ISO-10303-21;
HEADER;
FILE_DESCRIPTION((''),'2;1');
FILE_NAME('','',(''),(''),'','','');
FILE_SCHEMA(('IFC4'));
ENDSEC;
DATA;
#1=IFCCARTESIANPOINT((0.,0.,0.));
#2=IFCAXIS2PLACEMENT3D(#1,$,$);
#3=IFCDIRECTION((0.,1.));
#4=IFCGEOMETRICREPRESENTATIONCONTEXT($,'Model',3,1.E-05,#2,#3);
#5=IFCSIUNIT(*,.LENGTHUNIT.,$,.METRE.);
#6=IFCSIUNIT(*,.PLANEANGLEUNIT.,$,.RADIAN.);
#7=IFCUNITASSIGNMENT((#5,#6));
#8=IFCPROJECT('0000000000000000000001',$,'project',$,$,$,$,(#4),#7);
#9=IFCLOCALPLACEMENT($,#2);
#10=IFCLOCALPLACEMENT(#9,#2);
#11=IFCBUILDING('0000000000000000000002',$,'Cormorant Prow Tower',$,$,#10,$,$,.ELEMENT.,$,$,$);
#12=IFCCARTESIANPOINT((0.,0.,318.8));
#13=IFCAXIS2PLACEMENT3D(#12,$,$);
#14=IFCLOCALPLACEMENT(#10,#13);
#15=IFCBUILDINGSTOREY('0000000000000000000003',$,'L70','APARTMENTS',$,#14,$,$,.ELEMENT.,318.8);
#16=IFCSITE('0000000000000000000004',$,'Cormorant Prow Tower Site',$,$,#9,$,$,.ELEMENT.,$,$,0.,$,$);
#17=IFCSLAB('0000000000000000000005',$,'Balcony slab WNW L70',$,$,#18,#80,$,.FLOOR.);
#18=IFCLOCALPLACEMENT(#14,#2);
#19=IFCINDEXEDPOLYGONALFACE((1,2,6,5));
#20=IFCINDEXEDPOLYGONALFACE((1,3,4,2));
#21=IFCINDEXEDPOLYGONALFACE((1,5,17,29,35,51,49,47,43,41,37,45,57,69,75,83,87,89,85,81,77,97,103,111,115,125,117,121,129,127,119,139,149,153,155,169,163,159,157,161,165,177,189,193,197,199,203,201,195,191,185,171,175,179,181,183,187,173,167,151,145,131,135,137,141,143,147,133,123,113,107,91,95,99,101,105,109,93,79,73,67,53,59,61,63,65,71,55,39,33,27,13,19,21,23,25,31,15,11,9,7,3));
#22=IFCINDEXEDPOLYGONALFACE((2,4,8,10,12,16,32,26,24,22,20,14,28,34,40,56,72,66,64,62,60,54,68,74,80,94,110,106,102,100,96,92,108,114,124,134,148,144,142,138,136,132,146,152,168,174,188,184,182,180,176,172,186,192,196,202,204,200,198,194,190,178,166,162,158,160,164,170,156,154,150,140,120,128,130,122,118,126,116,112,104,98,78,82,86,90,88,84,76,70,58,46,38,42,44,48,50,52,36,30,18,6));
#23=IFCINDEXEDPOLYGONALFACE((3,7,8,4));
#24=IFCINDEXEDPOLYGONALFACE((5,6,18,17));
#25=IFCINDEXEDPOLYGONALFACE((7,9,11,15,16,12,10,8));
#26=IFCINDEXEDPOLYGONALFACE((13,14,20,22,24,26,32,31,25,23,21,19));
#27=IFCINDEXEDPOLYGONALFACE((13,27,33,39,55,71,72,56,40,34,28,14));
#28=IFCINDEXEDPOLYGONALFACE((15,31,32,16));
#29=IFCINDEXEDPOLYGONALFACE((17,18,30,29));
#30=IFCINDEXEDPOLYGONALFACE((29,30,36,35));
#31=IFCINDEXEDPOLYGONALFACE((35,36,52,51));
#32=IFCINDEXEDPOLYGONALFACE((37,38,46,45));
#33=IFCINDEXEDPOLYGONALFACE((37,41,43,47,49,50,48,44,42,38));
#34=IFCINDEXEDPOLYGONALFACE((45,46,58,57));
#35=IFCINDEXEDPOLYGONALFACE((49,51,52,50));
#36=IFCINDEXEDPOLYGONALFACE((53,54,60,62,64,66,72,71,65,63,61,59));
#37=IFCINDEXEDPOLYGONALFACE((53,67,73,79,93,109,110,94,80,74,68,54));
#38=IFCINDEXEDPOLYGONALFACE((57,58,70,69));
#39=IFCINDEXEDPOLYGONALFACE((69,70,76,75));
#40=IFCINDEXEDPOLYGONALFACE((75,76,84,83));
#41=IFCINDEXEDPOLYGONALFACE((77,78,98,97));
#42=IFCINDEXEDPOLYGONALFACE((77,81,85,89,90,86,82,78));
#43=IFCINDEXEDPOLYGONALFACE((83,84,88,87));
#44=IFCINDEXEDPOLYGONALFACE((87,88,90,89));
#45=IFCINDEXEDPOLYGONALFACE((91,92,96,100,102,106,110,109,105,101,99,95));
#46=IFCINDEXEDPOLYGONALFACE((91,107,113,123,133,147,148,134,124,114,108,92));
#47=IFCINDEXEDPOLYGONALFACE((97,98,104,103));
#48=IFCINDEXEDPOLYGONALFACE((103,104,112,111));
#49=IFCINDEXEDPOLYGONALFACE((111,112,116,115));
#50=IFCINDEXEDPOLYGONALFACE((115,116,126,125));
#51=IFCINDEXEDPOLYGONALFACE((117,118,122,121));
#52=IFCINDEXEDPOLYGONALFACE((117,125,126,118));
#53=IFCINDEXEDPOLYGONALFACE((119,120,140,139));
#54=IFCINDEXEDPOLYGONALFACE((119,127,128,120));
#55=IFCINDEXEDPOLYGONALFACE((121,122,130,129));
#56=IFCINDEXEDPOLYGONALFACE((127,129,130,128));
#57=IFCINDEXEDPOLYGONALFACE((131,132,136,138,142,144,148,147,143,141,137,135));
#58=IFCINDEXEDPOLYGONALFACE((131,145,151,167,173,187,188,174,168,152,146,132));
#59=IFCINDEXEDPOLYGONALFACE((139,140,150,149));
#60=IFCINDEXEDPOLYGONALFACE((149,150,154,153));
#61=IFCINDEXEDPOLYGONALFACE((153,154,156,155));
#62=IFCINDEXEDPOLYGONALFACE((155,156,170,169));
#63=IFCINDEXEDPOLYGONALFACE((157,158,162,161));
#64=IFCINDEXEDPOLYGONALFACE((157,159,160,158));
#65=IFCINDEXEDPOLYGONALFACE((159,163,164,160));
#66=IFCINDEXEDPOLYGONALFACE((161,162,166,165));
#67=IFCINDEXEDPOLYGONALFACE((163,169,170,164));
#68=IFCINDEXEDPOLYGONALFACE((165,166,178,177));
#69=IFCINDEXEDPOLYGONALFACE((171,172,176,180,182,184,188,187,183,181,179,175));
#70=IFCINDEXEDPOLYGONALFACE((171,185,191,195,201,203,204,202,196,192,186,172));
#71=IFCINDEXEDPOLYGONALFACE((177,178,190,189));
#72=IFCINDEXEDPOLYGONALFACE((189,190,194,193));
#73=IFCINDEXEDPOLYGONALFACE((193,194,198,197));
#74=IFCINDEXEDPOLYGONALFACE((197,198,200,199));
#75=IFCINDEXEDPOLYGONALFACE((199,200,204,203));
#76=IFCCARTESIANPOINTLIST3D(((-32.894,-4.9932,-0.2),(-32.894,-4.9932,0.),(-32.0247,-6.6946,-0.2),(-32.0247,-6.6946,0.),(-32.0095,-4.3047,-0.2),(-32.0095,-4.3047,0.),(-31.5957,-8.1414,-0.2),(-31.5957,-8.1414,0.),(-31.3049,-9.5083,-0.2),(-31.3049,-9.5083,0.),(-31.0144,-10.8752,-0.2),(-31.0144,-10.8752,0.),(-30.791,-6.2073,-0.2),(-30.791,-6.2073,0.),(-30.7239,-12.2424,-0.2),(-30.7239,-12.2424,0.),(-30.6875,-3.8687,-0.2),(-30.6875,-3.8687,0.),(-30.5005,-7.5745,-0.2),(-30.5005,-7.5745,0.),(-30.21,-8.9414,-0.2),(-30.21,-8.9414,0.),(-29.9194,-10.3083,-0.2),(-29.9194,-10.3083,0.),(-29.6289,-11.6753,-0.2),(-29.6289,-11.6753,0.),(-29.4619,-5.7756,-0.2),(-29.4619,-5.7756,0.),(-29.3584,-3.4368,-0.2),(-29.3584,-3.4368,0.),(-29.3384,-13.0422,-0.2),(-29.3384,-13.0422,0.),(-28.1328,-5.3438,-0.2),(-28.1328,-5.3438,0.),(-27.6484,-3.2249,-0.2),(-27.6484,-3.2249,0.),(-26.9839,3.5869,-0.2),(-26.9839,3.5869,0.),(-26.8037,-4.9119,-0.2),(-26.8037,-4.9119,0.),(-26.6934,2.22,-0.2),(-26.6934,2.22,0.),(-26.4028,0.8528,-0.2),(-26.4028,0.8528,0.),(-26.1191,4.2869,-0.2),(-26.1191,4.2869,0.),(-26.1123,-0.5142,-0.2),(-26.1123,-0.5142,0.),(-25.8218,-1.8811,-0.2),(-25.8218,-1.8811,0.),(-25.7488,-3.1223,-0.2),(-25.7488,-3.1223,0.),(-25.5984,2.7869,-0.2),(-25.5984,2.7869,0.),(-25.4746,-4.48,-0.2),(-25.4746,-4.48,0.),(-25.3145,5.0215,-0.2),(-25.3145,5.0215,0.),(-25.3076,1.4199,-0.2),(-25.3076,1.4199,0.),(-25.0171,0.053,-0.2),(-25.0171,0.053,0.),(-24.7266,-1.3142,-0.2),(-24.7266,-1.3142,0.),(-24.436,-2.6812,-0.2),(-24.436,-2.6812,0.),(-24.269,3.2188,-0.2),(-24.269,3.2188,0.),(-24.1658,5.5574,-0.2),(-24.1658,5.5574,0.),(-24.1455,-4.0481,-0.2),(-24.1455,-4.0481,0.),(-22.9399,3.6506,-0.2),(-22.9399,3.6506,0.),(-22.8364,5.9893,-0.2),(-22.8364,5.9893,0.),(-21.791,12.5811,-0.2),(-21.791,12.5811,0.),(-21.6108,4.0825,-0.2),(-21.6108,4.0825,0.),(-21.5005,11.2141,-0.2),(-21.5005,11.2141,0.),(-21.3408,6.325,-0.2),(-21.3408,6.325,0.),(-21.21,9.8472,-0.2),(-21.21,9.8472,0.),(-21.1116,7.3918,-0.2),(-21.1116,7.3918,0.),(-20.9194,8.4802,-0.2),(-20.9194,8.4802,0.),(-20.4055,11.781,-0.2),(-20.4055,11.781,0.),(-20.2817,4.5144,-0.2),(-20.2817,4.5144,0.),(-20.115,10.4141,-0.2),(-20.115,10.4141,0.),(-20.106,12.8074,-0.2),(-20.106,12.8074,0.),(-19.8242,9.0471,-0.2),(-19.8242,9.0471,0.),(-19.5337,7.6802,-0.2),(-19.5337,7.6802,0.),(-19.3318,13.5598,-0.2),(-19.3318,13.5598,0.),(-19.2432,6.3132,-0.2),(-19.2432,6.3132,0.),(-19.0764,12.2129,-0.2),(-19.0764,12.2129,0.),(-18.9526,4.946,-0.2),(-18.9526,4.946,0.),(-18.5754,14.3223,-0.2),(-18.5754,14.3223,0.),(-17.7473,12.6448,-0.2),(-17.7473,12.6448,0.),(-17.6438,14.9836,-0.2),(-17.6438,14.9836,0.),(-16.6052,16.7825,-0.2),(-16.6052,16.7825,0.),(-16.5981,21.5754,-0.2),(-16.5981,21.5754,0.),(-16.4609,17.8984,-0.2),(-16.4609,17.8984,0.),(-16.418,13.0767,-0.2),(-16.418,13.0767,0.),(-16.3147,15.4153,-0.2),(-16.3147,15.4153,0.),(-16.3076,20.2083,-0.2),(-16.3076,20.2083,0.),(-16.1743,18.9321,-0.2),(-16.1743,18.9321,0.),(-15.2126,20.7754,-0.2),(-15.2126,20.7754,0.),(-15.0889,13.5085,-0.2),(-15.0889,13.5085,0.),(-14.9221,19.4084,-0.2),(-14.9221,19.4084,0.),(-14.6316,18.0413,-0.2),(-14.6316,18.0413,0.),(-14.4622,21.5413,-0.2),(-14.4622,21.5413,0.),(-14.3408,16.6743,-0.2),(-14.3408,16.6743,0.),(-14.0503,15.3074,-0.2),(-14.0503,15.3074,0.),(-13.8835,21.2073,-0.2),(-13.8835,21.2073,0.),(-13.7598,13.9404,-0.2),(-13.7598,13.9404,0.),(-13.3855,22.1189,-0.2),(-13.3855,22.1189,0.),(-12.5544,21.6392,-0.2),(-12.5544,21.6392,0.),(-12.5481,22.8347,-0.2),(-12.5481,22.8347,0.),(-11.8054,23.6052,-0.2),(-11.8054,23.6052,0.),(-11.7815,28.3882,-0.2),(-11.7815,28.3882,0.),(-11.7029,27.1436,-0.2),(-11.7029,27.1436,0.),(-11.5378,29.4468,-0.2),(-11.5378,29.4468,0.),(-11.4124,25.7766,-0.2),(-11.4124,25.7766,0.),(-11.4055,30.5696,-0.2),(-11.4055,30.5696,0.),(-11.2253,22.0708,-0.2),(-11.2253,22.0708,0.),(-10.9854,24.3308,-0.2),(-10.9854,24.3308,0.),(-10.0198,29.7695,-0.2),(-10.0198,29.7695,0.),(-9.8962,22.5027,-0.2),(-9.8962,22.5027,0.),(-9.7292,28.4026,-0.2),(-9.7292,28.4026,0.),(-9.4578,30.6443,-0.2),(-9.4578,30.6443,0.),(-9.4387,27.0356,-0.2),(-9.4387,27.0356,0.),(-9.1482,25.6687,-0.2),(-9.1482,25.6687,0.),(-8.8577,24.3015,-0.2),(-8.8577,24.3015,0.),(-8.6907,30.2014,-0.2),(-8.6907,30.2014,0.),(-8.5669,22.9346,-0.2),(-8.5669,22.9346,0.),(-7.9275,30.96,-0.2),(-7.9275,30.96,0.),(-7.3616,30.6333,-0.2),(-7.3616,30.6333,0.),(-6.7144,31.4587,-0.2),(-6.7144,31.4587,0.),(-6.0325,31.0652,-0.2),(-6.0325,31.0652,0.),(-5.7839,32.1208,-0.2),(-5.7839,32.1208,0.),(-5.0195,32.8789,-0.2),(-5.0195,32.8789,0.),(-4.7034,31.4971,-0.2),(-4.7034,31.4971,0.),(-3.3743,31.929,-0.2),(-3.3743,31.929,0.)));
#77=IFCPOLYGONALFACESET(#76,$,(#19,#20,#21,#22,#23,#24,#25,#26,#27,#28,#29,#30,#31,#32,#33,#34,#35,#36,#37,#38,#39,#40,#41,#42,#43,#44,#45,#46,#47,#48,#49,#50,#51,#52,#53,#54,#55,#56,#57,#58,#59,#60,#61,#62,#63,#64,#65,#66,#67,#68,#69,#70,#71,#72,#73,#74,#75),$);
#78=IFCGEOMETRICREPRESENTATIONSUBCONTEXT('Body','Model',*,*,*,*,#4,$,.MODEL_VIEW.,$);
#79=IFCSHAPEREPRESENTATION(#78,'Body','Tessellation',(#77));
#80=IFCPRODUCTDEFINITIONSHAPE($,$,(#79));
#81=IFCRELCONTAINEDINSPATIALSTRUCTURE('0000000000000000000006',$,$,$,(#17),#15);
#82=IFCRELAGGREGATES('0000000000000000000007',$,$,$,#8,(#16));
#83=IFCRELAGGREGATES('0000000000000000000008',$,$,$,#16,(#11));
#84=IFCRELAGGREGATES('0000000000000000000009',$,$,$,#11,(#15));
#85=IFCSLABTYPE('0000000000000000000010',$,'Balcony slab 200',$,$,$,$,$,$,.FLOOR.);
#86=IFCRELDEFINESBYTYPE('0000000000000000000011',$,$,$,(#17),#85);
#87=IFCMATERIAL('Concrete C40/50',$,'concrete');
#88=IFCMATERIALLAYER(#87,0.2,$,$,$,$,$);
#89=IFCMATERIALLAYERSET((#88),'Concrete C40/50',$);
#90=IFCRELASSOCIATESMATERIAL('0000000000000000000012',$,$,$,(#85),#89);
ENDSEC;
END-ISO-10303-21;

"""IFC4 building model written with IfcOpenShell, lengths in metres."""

from ifc_helpers import new_model, si_unit, direction, frame, origin, place, context, subcontext, project, spatial, polyline, outline, extrude, material, layer, layer_set, type_object, element, save


model = new_model("IFC4")

# Units and contexts
model_context = context("Model", 3, precision=1e-05, world=origin(), true_north=direction((0.0, 1.0)))
body_context = subcontext(model_context, "Body", "Model", "MODEL_VIEW")
ifc_project = project(units=[si_unit("LENGTHUNIT", "METRE"), si_unit("PLANEANGLEUNIT", "RADIAN")], contexts=[model_context])

# Site, building, storey
site_placement = place(None, origin())
site = spatial("IfcSite", under=ifc_project, at=site_placement, Name="Cormorant Prow Tower Site", CompositionType="ELEMENT", RefElevation=0.0)
building_placement = place(site_placement, origin())
building = spatial("IfcBuilding", under=site, at=building_placement, Name="Cormorant Prow Tower", CompositionType="ELEMENT")
storey_placement = place(building_placement, frame((0.0, 0.0, 318.8)))
storey = spatial("IfcBuildingStorey", under=building, at=storey_placement, Name="L70", Description="APARTMENTS", CompositionType="ELEMENT", Elevation=318.8)

# Slab
ifc_material_1 = material(Name="Concrete C40/50", Category="concrete")
ifc_layer_1 = layer(ifc_material_1, 0.2)
ifc_layer_set_1 = layer_set([ifc_layer_1], Name="Concrete C40/50")
slab_type_1 = type_object("IfcSlabType", Name="Balcony slab 200", PredefinedType="FLOOR", material=ifc_layer_set_1)
slab_1_placement = place(storey_placement, frame((0.0, 0.0, -0.2)))
element("IfcSlab", 1, at=slab_1_placement, inside=storey, type_object=slab_type_1, Name="Balcony slab WNW L70", PredefinedType="FLOOR", context=body_context, shape_type="SweptSolid", body=[
    extrude(outline(polyline([(-3.3743, 31.929), (-5.0195, 32.8789), (-5.7839, 32.1208), (-6.7144, 31.4587), (-7.9275, 30.96), (-9.4578, 30.6443), (-11.4055, 30.5696), (-11.5378, 29.4468), (-11.7815, 28.3882), (-11.7029, 27.1436), (-11.4124, 25.7766), (-10.9854, 24.3308), (-11.8054, 23.6052), (-12.5481, 22.8347), (-13.3855, 22.1189), (-14.4622, 21.5413), (-16.5981, 21.5754), (-16.3076, 20.2083), (-16.1743, 18.9321), (-16.4609, 17.8984), (-16.6052, 16.7825), (-16.3147, 15.4153), (-17.6438, 14.9836), (-18.5754, 14.3223), (-19.3318, 13.5598), (-20.106, 12.8074), (-21.791, 12.5811), (-21.5005, 11.2141), (-21.21, 9.8472), (-20.9194, 8.4802), (-21.1116, 7.3918), (-21.3408, 6.325), (-22.8364, 5.9893), (-24.1658, 5.5574), (-25.3145, 5.0215), (-26.1191, 4.2869), (-26.9839, 3.5869), (-26.6934, 2.22), (-26.4028, 0.8528), (-26.1123, -0.5142), (-25.8218, -1.8811), (-25.7488, -3.1223), (-27.6484, -3.2249), (-29.3584, -3.4368), (-30.6875, -3.8687), (-32.0095, -4.3047), (-32.894, -4.9932), (-32.0247, -6.6946), (-31.5957, -8.1414), (-31.3049, -9.5083), (-31.0144, -10.8752), (-30.7239, -12.2424), (-29.3384, -13.0422), (-29.6289, -11.6753), (-29.9194, -10.3083), (-30.21, -8.9414), (-30.5005, -7.5745), (-30.791, -6.2073), (-29.4619, -5.7756), (-28.1328, -5.3438), (-26.8037, -4.9119), (-25.4746, -4.48), (-24.1455, -4.0481), (-24.436, -2.6812), (-24.7266, -1.3142), (-25.0171, 0.053), (-25.3076, 1.4199), (-25.5984, 2.7869), (-24.269, 3.2188), (-22.9399, 3.6506), (-21.6108, 4.0825), (-20.2817, 4.5144), (-18.9526, 4.946), (-19.2432, 6.3132), (-19.5337, 7.6802), (-19.8242, 9.0471), (-20.115, 10.4141), (-20.4055, 11.781), (-19.0764, 12.2129), (-17.7473, 12.6448), (-16.418, 13.0767), (-15.0889, 13.5085), (-13.7598, 13.9404), (-14.0503, 15.3074), (-14.3408, 16.6743), (-14.6316, 18.0413), (-14.9221, 19.4084), (-15.2126, 20.7754), (-13.8835, 21.2073), (-12.5544, 21.6392), (-11.2253, 22.0708), (-9.8962, 22.5027), (-8.5669, 22.9346), (-8.8577, 24.3015), (-9.1482, 25.6687), (-9.4387, 27.0356), (-9.7292, 28.4026), (-10.0198, 29.7695), (-8.6907, 30.2014), (-7.3616, 30.6333), (-6.0325, 31.0652), (-4.7034, 31.4971), (-3.3743, 31.929)])), origin(), (0.0, 0.0, 1.0), 0.2),
])

save(model, "model.ifc")
